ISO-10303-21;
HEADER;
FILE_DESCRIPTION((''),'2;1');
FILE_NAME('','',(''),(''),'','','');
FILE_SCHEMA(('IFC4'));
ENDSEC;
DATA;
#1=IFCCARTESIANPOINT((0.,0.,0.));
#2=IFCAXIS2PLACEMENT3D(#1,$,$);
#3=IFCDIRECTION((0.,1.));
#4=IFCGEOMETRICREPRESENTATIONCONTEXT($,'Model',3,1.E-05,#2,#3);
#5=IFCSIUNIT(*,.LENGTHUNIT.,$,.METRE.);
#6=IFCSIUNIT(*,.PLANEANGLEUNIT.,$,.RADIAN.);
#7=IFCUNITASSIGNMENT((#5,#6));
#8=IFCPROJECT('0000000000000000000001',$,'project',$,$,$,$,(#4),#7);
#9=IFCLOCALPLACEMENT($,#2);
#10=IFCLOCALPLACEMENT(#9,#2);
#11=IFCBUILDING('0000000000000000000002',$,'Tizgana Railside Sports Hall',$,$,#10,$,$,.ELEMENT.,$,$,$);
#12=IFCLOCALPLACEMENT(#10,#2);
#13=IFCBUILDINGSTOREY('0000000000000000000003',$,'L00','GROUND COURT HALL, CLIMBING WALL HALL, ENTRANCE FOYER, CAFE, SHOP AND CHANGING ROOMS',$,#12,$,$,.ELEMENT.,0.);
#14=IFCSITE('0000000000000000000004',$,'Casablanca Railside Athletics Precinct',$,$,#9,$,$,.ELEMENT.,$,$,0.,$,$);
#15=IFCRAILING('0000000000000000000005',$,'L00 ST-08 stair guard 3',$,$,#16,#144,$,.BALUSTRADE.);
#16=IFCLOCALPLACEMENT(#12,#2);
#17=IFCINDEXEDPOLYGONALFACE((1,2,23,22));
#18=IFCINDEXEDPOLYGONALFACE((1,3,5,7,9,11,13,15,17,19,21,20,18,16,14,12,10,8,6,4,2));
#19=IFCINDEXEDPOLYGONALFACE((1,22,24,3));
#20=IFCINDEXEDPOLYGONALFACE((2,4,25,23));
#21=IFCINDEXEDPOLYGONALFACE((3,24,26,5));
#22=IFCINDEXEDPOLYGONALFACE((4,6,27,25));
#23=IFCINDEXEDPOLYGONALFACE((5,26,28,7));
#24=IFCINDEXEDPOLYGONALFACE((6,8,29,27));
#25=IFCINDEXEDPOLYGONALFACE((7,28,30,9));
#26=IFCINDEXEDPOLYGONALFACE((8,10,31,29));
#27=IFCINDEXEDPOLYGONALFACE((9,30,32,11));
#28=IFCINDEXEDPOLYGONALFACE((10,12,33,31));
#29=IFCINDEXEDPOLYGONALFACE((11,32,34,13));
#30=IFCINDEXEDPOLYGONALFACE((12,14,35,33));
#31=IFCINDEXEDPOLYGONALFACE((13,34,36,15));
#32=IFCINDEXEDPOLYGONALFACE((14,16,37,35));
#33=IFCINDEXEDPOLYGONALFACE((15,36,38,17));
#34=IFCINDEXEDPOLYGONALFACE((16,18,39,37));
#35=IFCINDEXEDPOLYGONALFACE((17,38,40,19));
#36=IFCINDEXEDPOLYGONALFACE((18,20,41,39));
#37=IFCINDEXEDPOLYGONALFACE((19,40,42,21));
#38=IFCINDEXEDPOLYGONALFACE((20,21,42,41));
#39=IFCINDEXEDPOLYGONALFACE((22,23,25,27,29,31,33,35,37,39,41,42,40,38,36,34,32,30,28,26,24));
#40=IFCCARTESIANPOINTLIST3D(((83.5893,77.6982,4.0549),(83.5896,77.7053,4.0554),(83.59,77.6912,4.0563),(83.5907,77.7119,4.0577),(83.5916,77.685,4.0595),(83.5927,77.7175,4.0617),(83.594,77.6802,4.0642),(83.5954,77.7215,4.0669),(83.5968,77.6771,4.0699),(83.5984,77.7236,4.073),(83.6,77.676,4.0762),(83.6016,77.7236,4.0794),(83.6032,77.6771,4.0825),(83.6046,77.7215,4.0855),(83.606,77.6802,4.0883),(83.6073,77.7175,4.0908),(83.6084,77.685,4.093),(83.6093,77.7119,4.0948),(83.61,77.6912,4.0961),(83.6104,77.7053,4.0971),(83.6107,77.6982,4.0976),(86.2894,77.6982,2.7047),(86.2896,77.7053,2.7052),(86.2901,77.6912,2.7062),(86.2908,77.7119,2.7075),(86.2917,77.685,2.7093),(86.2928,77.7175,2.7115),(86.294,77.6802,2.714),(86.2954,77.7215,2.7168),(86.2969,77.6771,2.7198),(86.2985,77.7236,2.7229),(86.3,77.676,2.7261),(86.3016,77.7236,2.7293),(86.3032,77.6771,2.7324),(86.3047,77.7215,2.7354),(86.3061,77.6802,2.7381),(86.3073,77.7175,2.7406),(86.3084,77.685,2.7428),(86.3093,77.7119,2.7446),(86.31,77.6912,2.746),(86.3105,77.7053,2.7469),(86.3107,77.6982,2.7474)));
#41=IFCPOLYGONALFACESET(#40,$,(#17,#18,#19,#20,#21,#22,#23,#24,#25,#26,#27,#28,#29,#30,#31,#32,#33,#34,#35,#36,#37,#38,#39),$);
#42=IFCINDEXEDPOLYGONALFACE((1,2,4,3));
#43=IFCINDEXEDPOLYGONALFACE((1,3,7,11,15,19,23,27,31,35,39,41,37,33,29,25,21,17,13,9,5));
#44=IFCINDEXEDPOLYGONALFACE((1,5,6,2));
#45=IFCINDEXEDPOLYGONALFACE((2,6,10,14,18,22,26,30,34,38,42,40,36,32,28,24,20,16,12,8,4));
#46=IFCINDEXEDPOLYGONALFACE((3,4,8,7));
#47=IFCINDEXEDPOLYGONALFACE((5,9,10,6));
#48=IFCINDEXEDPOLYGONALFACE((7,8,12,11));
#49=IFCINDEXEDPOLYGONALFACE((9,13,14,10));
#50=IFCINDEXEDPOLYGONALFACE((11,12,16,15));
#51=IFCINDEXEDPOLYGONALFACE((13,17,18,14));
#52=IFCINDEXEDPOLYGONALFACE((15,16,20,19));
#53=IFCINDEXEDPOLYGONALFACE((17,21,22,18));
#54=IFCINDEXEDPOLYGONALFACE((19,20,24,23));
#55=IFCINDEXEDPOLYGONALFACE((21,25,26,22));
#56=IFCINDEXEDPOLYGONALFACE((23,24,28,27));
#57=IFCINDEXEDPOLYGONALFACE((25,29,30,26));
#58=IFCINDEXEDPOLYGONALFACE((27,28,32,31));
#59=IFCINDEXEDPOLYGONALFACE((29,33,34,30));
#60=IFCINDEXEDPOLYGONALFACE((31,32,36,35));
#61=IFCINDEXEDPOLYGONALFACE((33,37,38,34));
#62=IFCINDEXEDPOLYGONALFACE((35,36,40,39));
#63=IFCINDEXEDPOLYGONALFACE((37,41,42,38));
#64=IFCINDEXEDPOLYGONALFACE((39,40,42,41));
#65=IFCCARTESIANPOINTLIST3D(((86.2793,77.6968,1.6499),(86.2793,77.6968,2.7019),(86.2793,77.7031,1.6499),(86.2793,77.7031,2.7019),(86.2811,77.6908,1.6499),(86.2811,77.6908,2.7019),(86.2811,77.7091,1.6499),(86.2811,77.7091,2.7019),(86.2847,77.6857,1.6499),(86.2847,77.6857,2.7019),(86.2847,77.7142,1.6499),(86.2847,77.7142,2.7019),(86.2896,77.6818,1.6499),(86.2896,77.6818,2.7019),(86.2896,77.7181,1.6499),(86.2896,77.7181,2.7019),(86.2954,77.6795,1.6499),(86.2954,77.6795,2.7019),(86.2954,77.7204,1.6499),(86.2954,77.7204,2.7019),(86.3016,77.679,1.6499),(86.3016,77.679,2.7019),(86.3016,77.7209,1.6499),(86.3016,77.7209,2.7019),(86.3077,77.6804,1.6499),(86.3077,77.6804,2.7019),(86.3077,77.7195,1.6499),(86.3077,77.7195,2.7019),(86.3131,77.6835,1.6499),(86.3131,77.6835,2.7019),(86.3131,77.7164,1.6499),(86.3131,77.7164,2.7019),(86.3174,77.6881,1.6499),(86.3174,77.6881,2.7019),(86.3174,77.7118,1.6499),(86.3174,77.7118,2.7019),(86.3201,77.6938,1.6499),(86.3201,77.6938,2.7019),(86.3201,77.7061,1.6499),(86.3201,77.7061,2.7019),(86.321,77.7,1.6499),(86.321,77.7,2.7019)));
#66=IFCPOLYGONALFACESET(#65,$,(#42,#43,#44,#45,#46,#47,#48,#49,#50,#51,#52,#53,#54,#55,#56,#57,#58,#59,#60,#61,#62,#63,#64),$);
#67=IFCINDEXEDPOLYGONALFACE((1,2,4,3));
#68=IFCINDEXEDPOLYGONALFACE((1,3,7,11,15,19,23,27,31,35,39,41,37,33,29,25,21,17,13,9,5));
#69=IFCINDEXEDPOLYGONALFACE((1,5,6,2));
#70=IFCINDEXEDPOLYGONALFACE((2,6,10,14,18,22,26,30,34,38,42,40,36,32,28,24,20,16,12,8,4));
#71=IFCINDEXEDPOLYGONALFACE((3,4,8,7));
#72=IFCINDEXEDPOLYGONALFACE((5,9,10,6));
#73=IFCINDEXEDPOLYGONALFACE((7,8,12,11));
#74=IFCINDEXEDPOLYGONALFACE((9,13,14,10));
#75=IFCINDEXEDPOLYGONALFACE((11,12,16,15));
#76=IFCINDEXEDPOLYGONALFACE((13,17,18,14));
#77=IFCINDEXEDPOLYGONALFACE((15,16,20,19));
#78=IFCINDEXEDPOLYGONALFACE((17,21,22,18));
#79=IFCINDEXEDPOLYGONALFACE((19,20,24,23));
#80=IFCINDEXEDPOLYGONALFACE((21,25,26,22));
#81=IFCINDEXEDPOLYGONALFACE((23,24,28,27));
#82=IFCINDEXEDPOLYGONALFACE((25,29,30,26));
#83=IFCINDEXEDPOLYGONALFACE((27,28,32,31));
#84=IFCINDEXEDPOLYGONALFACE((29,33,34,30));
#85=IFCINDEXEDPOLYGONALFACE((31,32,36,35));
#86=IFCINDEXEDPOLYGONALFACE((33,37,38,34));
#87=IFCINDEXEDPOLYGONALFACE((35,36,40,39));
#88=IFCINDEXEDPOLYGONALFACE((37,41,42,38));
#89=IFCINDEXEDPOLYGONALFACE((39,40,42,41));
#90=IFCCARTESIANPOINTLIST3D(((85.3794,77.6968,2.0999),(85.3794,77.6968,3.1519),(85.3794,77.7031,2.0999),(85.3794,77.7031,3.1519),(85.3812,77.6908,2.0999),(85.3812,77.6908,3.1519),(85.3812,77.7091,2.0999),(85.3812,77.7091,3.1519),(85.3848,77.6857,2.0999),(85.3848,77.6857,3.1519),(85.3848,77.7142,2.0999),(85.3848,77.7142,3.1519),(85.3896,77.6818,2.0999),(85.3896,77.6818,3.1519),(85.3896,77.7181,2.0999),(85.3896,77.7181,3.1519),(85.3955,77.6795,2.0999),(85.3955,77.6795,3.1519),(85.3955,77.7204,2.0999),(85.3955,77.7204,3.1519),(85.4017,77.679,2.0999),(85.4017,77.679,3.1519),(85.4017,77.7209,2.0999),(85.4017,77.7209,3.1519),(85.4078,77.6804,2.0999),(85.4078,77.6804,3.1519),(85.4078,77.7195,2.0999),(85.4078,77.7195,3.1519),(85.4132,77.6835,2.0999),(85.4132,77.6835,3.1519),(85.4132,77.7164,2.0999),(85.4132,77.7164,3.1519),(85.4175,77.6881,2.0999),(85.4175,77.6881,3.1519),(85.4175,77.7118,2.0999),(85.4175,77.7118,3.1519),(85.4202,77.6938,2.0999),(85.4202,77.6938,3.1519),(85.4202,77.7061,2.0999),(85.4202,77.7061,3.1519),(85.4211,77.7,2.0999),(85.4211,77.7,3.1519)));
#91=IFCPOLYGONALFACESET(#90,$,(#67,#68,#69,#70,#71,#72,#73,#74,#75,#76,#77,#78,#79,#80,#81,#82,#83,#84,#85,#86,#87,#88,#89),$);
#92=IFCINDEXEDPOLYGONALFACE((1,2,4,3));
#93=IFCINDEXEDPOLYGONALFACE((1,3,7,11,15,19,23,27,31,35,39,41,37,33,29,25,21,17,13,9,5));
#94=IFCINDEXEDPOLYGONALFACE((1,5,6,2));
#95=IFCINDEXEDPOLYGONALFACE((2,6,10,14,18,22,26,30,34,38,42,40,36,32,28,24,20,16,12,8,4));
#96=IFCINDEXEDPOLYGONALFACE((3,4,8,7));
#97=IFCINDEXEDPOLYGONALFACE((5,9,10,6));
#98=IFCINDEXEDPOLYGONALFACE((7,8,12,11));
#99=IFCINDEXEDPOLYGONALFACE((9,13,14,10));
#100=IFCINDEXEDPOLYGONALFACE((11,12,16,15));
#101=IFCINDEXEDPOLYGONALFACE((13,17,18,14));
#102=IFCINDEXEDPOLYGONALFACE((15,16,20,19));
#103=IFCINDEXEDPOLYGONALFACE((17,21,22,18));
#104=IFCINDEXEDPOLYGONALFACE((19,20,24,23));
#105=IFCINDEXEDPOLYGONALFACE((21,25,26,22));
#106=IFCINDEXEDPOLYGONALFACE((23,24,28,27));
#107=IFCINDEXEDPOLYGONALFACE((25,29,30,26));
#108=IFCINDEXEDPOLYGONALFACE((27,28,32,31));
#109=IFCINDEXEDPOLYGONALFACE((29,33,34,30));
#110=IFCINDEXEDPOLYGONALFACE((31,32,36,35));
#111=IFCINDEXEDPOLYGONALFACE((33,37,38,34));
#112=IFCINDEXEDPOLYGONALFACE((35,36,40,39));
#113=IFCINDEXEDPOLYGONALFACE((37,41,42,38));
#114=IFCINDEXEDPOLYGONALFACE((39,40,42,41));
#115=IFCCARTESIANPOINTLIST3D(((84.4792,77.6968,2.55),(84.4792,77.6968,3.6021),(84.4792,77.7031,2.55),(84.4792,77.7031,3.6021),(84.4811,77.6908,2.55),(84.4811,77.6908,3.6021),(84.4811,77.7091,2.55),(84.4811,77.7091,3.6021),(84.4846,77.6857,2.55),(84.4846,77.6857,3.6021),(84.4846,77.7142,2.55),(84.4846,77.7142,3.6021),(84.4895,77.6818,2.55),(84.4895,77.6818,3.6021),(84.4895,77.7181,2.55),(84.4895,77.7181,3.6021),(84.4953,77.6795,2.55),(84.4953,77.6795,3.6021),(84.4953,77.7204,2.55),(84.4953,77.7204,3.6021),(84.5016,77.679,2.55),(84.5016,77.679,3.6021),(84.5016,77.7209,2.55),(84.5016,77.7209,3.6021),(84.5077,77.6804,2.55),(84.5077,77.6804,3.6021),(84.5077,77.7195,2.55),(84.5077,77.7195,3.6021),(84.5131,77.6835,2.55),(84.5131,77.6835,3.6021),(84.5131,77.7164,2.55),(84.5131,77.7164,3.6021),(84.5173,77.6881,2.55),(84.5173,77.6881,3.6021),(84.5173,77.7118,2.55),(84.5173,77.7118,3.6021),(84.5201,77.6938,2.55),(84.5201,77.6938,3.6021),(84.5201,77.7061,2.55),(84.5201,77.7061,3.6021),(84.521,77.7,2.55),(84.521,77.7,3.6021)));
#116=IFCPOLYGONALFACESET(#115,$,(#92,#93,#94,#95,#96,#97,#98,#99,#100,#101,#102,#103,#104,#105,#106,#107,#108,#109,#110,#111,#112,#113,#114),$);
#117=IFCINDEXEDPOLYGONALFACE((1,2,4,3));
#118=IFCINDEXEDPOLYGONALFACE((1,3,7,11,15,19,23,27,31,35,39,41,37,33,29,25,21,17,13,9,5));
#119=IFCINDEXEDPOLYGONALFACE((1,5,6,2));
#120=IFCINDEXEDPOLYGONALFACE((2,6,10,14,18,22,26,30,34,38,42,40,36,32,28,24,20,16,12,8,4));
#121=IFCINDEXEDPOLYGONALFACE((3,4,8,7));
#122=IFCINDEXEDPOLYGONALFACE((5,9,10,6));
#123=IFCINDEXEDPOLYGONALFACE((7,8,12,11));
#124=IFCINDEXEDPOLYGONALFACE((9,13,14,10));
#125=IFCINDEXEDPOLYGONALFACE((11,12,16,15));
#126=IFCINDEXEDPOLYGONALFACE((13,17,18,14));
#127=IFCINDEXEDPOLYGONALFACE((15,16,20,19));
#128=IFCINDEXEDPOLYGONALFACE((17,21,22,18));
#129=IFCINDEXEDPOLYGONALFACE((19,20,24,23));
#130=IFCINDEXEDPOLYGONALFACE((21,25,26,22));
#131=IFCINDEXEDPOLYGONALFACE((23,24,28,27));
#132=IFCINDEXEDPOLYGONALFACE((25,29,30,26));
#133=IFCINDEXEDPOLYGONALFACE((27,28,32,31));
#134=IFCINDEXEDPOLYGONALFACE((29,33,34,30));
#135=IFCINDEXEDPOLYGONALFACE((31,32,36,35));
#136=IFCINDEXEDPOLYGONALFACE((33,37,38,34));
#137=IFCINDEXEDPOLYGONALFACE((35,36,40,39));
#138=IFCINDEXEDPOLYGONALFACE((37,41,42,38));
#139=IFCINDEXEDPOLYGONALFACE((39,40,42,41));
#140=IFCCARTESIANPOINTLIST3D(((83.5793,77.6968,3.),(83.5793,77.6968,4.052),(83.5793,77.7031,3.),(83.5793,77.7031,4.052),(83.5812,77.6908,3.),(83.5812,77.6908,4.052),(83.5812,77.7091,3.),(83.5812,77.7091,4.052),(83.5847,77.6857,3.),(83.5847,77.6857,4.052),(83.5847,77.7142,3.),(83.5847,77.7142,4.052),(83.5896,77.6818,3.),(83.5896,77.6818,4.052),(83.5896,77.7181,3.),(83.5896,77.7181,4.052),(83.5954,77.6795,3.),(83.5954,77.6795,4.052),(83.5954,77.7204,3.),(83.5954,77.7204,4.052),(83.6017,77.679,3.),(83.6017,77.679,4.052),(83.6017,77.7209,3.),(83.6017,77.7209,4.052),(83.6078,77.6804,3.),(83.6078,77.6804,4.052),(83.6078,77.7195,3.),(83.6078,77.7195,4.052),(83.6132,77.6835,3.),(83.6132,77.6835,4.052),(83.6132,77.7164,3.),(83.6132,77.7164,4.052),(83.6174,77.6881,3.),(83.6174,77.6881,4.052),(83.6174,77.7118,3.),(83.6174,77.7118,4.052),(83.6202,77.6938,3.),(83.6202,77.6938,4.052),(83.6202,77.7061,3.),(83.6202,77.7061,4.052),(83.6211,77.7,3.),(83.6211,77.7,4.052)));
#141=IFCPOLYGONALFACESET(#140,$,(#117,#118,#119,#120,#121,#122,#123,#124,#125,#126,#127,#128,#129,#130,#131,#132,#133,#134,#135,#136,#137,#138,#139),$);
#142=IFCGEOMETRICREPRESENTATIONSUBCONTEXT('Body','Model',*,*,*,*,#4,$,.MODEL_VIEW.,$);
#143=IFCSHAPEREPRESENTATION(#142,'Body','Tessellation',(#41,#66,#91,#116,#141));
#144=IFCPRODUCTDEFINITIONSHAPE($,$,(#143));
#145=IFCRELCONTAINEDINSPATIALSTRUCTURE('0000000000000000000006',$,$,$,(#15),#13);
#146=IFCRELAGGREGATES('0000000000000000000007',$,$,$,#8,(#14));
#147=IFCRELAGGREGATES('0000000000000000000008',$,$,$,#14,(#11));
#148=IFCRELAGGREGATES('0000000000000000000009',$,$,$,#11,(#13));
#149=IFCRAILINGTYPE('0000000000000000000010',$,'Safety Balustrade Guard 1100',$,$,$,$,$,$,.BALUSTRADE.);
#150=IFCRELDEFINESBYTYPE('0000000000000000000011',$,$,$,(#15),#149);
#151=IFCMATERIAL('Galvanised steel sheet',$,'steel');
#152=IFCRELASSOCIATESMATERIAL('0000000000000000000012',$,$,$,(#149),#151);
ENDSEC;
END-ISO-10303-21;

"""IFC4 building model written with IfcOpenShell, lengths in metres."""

from ifc_helpers import new_model, si_unit, direction, frame, origin, origin_2d, place, context, subcontext, project, spatial, circle, extrude, material, type_object, element, save


model = new_model("IFC4")

# Units and contexts
model_context = context("Model", 3, precision=1e-05, world=origin(), true_north=direction((0.0, 1.0)))
body_context = subcontext(model_context, "Body", "Model", "MODEL_VIEW")
ifc_project = project(units=[si_unit("LENGTHUNIT", "METRE"), si_unit("PLANEANGLEUNIT", "RADIAN")], contexts=[model_context])

# Site, building, storey
site_placement = place(None, origin())
site = spatial("IfcSite", under=ifc_project, at=site_placement, Name="Casablanca Railside Athletics Precinct", CompositionType="ELEMENT", RefElevation=0.0)
building_placement = place(site_placement, origin())
building = spatial("IfcBuilding", under=site, at=building_placement, Name="Tizgana Railside Sports Hall", CompositionType="ELEMENT")
storey_placement = place(building_placement, origin())
storey = spatial("IfcBuildingStorey", under=building, at=storey_placement, Name="L00", Description="GROUND COURT HALL, CLIMBING WALL HALL, ENTRANCE FOYER, CAFE, SHOP AND CHANGING ROOMS", CompositionType="ELEMENT", Elevation=0.0)

# Shared definitions
ifc_material_1 = material(Name="Galvanised steel sheet", Category="steel")

# Railing
railing_type_1 = type_object("IfcRailingType", Name="Safety Balustrade Guard 1100", PredefinedType="BALUSTRADE", material=ifc_material_1)
railing_1_placement = place(storey_placement, frame((86.3, 77.7, 1.6499)))
element("IfcRailing", 1, at=railing_1_placement, inside=storey, type_object=railing_type_1, Name="L00 ST-08 stair guard 3", PredefinedType="BALUSTRADE", context=body_context, shape_type="SweptSolid", body=[
    extrude(circle(Radius=0.0239, at=origin_2d()), frame((0.0, 0.0, 1.0762), z_axis=(-0.894411, 0.0, 0.447246), x_axis=(0.0, -1.0, 0.0)), (0.0, 0.0, 1.0), 3.0188),
    extrude(circle(Radius=0.021, at=origin_2d()), origin(), (0.0, 0.0, 1.0), 1.052),
    extrude(circle(Radius=0.021, at=origin_2d()), frame((-0.8999, 0.0, 0.45)), (0.0, 0.0, 1.0), 1.052),
    extrude(circle(Radius=0.021, at=origin_2d()), frame((-1.8, 0.0, 0.9001)), (0.0, 0.0, 1.0), 1.052),
    extrude(circle(Radius=0.021, at=origin_2d()), frame((-2.7, 0.0, 1.3501)), (0.0, 0.0, 1.0), 1.052),
])

save(model, "model.ifc")
